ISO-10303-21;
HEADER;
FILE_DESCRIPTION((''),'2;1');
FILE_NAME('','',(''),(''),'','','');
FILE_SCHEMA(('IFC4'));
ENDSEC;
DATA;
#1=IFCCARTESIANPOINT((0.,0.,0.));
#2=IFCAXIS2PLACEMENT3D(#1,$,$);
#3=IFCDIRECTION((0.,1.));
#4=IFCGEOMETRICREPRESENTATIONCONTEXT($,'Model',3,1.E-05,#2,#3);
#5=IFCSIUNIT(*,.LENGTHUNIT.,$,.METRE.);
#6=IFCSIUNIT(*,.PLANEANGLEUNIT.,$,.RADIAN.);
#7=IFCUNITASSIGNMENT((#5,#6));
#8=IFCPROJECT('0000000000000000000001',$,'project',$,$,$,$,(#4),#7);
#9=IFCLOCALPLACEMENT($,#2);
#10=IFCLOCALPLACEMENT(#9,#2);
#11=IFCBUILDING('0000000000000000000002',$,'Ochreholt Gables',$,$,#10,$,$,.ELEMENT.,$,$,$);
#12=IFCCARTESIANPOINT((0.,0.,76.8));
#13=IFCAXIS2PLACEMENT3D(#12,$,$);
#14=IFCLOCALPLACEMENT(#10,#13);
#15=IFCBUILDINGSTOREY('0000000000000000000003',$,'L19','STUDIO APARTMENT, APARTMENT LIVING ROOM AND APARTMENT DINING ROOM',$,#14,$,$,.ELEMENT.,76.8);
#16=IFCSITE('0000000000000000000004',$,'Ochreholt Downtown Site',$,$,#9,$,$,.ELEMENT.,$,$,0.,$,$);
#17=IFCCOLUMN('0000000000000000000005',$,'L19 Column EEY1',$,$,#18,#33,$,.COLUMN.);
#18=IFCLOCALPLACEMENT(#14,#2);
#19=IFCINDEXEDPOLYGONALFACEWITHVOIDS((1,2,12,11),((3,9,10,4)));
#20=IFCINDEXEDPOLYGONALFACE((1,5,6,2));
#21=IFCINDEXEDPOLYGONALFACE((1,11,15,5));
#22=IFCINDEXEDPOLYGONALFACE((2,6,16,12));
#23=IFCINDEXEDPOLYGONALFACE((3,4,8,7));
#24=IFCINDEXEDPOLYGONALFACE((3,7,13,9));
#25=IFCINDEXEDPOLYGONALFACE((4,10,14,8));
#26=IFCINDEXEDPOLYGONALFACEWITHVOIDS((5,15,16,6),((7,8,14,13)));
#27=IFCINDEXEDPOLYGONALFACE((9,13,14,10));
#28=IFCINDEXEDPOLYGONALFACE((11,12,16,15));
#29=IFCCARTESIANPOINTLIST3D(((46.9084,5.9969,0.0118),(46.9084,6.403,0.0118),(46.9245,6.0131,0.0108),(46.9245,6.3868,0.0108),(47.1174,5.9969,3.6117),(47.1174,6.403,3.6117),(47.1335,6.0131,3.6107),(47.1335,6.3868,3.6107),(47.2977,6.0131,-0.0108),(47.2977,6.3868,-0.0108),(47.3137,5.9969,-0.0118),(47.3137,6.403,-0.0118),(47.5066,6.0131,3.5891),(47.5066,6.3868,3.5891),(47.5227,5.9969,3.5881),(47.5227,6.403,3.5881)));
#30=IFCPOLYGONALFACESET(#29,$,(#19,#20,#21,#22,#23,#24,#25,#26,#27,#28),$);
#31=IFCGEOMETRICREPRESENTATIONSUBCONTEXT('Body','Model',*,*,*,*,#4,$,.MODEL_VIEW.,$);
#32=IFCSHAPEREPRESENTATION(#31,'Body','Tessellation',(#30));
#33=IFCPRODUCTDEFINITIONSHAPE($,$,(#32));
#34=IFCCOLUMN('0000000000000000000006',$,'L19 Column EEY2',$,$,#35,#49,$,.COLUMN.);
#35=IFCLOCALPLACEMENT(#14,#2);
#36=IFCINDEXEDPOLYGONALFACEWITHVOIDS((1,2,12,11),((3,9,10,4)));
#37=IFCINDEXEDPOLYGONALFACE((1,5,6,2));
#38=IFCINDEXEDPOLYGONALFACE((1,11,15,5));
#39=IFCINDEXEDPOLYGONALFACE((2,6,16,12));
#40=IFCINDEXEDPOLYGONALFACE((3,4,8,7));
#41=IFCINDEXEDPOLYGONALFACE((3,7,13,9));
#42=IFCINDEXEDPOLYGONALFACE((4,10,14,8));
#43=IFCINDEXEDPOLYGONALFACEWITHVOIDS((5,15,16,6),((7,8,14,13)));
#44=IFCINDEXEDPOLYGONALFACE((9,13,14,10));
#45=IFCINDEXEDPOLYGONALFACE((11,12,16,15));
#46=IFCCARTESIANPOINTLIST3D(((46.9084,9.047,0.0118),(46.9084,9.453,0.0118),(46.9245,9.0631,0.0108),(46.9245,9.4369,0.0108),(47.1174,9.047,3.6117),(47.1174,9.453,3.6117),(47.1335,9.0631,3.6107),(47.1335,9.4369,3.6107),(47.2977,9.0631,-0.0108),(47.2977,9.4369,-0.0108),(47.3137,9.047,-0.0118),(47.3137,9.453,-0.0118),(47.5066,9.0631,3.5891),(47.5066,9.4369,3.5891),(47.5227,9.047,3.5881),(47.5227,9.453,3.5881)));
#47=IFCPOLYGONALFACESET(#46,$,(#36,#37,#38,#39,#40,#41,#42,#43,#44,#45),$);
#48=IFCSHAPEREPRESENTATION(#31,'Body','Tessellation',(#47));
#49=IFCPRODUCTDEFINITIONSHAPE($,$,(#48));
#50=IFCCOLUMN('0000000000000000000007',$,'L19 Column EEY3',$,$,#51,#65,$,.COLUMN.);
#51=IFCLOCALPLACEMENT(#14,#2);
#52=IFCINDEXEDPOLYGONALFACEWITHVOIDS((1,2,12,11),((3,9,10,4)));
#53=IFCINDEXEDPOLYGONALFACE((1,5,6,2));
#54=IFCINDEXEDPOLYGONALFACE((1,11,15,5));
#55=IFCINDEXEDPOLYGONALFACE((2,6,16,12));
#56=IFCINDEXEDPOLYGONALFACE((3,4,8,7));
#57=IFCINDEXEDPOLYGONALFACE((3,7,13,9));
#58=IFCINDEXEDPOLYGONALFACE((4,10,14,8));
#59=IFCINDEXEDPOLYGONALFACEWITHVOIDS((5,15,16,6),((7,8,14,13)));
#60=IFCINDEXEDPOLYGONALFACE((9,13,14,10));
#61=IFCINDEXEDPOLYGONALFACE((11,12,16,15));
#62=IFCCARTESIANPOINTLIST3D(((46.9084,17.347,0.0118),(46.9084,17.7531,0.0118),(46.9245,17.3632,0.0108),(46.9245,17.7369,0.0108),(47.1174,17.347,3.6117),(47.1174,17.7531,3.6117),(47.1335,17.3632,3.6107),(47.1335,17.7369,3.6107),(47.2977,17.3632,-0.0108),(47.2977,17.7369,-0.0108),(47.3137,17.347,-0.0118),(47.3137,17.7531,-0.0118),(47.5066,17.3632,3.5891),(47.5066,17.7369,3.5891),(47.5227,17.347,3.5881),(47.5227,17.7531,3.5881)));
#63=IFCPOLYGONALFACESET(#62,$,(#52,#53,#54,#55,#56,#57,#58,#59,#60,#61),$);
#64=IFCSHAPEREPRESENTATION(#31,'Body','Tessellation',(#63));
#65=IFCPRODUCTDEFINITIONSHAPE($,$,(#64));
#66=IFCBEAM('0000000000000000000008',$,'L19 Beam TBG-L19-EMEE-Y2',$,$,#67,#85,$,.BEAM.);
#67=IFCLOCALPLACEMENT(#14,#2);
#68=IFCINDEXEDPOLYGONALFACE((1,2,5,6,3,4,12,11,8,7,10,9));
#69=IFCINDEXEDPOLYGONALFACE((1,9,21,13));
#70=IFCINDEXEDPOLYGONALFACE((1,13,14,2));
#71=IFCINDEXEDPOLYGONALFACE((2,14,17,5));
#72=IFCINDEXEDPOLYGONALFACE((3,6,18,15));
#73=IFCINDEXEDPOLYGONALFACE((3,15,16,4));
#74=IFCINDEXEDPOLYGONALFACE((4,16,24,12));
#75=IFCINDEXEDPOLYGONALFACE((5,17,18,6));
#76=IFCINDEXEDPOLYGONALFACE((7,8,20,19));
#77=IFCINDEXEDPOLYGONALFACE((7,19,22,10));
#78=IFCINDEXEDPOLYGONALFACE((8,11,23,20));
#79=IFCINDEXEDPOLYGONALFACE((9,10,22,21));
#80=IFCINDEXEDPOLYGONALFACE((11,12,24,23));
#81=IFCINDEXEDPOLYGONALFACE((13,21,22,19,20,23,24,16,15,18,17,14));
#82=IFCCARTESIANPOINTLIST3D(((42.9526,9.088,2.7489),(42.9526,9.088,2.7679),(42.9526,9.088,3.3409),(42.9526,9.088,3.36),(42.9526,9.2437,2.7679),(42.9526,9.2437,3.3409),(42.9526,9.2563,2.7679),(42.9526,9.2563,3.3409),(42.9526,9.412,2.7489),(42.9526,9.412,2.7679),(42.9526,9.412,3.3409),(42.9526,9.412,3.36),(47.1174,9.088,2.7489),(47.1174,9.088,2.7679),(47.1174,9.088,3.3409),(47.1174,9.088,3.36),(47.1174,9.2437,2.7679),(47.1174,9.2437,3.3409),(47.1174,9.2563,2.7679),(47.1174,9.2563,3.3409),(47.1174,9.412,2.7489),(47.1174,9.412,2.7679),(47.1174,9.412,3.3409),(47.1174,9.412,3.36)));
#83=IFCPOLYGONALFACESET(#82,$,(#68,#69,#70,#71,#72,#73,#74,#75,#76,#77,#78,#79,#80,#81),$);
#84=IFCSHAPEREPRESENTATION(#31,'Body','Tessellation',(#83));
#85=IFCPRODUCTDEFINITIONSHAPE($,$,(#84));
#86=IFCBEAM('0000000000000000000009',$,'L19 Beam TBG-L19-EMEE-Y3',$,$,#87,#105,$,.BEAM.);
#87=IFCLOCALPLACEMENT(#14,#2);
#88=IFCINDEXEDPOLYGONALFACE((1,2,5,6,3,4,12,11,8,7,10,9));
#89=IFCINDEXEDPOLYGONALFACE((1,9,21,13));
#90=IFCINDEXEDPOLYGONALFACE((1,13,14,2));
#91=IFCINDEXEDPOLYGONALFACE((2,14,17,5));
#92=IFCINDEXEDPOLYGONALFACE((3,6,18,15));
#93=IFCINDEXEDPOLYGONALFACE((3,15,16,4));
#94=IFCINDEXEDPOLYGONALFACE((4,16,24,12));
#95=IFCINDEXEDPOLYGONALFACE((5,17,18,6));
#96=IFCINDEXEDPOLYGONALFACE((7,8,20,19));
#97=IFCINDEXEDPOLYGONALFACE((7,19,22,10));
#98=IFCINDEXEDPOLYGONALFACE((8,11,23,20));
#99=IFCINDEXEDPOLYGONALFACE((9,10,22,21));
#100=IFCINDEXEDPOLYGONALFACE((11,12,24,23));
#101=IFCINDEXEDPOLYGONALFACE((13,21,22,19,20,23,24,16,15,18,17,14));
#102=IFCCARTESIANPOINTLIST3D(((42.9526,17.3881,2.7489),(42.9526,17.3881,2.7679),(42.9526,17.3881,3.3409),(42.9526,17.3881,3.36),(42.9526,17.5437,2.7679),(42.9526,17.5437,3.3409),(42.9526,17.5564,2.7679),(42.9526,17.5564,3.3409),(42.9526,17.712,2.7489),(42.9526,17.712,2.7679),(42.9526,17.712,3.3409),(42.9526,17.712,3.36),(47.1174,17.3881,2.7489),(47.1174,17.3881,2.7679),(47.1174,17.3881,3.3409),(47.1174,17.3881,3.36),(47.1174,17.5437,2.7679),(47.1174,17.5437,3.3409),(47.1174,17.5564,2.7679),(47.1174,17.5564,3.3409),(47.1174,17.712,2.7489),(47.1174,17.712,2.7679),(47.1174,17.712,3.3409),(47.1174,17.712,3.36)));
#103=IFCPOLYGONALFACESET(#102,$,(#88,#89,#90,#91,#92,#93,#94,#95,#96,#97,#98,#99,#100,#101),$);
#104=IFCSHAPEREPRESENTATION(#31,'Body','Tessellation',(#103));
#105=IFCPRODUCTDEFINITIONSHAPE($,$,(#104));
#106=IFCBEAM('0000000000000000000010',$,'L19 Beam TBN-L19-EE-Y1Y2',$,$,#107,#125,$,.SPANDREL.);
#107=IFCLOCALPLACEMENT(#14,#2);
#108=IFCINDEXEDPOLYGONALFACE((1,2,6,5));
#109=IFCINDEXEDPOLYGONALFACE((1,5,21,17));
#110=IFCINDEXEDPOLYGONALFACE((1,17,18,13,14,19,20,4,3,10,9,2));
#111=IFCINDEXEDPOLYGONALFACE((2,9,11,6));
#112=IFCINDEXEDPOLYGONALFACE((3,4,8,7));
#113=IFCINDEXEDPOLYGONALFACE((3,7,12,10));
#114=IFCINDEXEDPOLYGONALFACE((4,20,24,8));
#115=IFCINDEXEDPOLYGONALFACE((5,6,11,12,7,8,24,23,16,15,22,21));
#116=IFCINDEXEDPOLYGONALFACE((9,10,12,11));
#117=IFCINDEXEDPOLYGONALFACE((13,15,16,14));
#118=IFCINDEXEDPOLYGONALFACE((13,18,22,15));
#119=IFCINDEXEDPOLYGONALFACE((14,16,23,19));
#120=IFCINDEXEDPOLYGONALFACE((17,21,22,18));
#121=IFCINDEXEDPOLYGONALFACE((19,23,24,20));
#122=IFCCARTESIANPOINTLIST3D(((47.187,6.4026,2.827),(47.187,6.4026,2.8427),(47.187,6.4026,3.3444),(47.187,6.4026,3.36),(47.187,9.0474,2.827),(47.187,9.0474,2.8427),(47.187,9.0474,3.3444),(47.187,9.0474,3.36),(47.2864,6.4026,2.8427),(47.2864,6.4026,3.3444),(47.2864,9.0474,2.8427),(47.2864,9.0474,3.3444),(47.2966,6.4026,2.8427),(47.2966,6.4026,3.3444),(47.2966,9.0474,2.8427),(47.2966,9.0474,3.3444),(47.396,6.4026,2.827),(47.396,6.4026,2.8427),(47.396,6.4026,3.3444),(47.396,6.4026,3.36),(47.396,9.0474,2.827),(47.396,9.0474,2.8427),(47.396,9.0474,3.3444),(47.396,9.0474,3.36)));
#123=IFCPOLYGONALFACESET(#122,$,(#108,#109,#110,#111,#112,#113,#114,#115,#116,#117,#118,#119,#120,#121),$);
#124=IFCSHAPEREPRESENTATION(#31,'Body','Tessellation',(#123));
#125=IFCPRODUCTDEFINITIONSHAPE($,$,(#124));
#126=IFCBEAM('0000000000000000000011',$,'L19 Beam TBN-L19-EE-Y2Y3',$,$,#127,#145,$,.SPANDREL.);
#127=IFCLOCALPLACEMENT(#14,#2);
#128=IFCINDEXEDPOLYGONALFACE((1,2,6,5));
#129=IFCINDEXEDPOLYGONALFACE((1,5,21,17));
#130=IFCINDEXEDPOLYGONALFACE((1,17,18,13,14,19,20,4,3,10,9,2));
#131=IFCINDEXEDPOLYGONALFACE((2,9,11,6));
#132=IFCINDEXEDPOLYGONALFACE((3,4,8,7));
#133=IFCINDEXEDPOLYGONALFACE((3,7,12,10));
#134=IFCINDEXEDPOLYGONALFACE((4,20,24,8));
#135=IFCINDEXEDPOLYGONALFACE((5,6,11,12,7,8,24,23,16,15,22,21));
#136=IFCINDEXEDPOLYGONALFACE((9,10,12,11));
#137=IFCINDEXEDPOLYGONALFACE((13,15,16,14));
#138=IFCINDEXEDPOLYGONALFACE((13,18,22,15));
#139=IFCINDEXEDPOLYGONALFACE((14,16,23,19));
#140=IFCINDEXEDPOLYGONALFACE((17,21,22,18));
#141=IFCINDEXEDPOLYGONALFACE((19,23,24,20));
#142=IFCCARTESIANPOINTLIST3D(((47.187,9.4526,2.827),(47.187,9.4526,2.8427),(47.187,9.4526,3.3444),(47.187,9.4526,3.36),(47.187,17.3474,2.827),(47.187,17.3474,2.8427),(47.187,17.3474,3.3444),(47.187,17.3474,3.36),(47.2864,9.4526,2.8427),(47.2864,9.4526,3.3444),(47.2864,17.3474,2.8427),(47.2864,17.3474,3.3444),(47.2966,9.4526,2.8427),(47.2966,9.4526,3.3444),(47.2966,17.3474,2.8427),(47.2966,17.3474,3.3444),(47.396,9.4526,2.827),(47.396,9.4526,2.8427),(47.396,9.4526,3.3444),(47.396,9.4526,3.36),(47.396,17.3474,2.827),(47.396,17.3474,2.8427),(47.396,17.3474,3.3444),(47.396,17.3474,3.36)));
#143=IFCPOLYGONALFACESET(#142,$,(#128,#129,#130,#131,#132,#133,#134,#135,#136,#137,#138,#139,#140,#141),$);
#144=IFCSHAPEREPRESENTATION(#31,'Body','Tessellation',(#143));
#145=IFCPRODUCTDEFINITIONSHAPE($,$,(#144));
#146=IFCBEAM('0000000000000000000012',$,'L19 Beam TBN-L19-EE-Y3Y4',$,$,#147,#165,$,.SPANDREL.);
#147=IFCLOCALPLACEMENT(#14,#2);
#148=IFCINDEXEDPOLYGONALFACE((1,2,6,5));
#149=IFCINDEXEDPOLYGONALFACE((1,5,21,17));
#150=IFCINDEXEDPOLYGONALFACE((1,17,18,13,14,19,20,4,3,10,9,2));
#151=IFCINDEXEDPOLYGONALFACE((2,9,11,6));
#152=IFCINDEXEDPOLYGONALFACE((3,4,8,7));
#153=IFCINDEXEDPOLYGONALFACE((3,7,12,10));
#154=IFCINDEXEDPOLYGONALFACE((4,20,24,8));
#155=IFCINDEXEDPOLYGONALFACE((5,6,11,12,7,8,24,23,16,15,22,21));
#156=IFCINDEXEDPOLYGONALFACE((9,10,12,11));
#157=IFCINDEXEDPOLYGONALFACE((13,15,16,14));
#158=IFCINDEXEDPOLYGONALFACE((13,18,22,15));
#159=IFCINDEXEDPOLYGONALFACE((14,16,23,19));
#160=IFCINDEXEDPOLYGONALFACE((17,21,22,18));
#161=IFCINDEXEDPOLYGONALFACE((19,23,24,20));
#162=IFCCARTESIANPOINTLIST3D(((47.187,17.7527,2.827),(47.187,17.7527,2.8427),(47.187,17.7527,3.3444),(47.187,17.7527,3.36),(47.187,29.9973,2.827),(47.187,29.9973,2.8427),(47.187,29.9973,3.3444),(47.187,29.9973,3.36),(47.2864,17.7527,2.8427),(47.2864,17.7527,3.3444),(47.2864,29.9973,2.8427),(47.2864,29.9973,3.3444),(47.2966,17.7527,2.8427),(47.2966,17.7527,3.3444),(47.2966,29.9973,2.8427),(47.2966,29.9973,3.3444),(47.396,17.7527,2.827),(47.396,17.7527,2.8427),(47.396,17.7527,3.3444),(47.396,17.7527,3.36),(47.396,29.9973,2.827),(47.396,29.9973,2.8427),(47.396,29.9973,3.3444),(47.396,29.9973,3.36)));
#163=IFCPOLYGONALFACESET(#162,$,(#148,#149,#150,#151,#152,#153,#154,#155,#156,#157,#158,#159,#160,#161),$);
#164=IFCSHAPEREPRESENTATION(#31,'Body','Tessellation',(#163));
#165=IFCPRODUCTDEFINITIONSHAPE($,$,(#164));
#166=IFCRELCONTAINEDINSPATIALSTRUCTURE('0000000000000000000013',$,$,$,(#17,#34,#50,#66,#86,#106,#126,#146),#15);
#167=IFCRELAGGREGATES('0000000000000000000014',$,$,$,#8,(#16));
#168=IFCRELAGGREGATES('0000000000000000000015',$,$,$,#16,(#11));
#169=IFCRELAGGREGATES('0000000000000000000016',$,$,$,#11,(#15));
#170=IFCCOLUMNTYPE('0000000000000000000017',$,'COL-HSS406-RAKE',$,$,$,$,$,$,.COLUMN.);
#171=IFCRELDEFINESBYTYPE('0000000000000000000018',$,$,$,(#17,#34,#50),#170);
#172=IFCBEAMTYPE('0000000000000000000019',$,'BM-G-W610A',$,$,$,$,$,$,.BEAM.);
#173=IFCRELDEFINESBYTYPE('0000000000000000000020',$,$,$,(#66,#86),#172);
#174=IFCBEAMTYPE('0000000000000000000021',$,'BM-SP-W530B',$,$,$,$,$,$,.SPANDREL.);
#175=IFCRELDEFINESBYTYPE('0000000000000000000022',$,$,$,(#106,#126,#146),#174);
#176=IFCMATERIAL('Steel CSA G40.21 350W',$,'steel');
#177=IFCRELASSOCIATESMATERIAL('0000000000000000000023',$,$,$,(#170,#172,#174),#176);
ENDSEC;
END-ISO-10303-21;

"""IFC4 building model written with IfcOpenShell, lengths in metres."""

from ifc_helpers import new_model, si_unit, direction, frame, origin, origin_2d, place, context, subcontext, project, spatial, hollow_rectangle, i_section, extrude, material, material_profile, profile_set, type_object, element, save


model = new_model("IFC4")

# Units and contexts
model_context = context("Model", 3, precision=1e-05, world=origin(), true_north=direction((0.0, 1.0)))
body_context = subcontext(model_context, "Body", "Model", "MODEL_VIEW")
ifc_project = project(units=[si_unit("LENGTHUNIT", "METRE"), si_unit("PLANEANGLEUNIT", "RADIAN")], contexts=[model_context])

# Site, building, storey
site_placement = place(None, origin())
site = spatial("IfcSite", under=ifc_project, at=site_placement, Name="Ochreholt Downtown Site", CompositionType="ELEMENT", RefElevation=0.0)
building_placement = place(site_placement, origin())
building = spatial("IfcBuilding", under=site, at=building_placement, Name="Ochreholt Gables", CompositionType="ELEMENT")
storey_placement = place(building_placement, frame((0.0, 0.0, 76.8)))
storey = spatial("IfcBuildingStorey", under=building, at=storey_placement, Name="L19", Description="STUDIO APARTMENT, APARTMENT LIVING ROOM AND APARTMENT DINING ROOM", CompositionType="ELEMENT", Elevation=76.8)

# Columns
ifc_material_1 = material(Name="Steel CSA G40.21 350W", Category="steel")
ifc_material_profile_1 = material_profile(ifc_material_1, hollow_rectangle(XDim=0.406, YDim=0.406, WallThickness=0.0161, at=origin_2d()), Name="HSS406X406X16")
ifc_profile_set_1 = profile_set([ifc_material_profile_1], Name="Steel CSA G40.21 350W")
column_type = type_object("IfcColumnType", Name="COL-HSS406-RAKE", PredefinedType="COLUMN", material=ifc_profile_set_1)
for number, where, z_axis, x_axis, name in (
    (1, (47.1111, 6.2, 0.0), (0.057956, 0.0, 0.998319), (0.0, 1.0, 0.0), "L19 Column EEY1"),
    (2, (47.1111, 9.25, 0.0), (0.057956, 0.0, 0.998319), (0.0, 1.0, 0.0), "L19 Column EEY2"),
    (3, (47.1111, 17.55, 0.0), (0.057956, 0.0, 0.998319), (0.0, 1.0, 0.0), "L19 Column EEY3"),
):
    element("IfcColumn", number, at=place(storey_placement, frame(where, z_axis=z_axis, x_axis=x_axis)), inside=storey, type_object=column_type, Name=name, PredefinedType="COLUMN", context=body_context, shape_type="SweptSolid", body=[
        extrude(hollow_rectangle(XDim=0.406, YDim=0.406, WallThickness=0.0161, at=origin_2d()), origin(), (0.0, 0.0, 1.0), 3.606),
    ])

# Beams
ifc_material_profile_2 = material_profile(ifc_material_1, i_section(OverallWidth=0.324, OverallDepth=0.6111, WebThickness=0.0127, FlangeThickness=0.019, at=origin_2d()), Name="W610X155")
ifc_profile_set_2 = profile_set([ifc_material_profile_2], Name="Steel CSA G40.21 350W")
beam_type_1 = type_object("IfcBeamType", Name="BM-G-W610A", PredefinedType="BEAM", material=ifc_profile_set_2)
for number, where, z_axis, x_axis, name in (
    (4, (42.9526, 9.25, 3.0544), (1.0, 0.0, 0.0), (0.0, 1.0, 0.0), "L19 Beam TBG-L19-EMEE-Y2"),
    (5, (42.9526, 17.55, 3.0544), (1.0, 0.0, 0.0), (0.0, 1.0, 0.0), "L19 Beam TBG-L19-EMEE-Y3"),
):
    element("IfcBeam", number, at=place(storey_placement, frame(where, z_axis=z_axis, x_axis=x_axis)), inside=storey, type_object=beam_type_1, Name=name, PredefinedType="BEAM", context=body_context, shape_type="SweptSolid", body=[
        extrude(i_section(OverallWidth=0.324, OverallDepth=0.6111, WebThickness=0.0127, FlangeThickness=0.019, at=origin_2d()), origin(), (0.0, 0.0, 1.0), 4.1648),
    ])
ifc_material_profile_3 = material_profile(ifc_material_1, i_section(OverallWidth=0.209, OverallDepth=0.533, WebThickness=0.0103, FlangeThickness=0.0156, at=origin_2d()), Name="W530X92")
ifc_profile_set_3 = profile_set([ifc_material_profile_3], Name="Steel CSA G40.21 350W")
beam_type_2 = type_object("IfcBeamType", Name="BM-SP-W530B", PredefinedType="SPANDREL", material=ifc_profile_set_3)
beam_1_placement = place(storey_placement, frame((47.2915, 6.4026, 3.0935), z_axis=(0.0, 1.0, 0.0), x_axis=(-1.0, 0.0, 0.0)))
element("IfcBeam", 6, at=beam_1_placement, inside=storey, type_object=beam_type_2, Name="L19 Beam TBN-L19-EE-Y1Y2", PredefinedType="SPANDREL", context=body_context, shape_type="SweptSolid", body=[
    extrude(i_section(OverallWidth=0.209, OverallDepth=0.533, WebThickness=0.0103, FlangeThickness=0.0156, at=origin_2d()), origin(), (0.0, 0.0, 1.0), 2.6448),
])
beam_2_placement = place(storey_placement, frame((47.2915, 9.4526, 3.0935), z_axis=(0.0, 1.0, 0.0), x_axis=(-1.0, 0.0, 0.0)))
element("IfcBeam", 7, at=beam_2_placement, inside=storey, type_object=beam_type_2, Name="L19 Beam TBN-L19-EE-Y2Y3", PredefinedType="SPANDREL", context=body_context, shape_type="SweptSolid", body=[
    extrude(i_section(OverallWidth=0.209, OverallDepth=0.533, WebThickness=0.0103, FlangeThickness=0.0156, at=origin_2d()), origin(), (0.0, 0.0, 1.0), 7.8948),
])
beam_3_placement = place(storey_placement, frame((47.2915, 17.7527, 3.0935), z_axis=(0.0, 1.0, 0.0), x_axis=(-1.0, 0.0, 0.0)))
element("IfcBeam", 8, at=beam_3_placement, inside=storey, type_object=beam_type_2, Name="L19 Beam TBN-L19-EE-Y3Y4", PredefinedType="SPANDREL", context=body_context, shape_type="SweptSolid", body=[
    extrude(i_section(OverallWidth=0.209, OverallDepth=0.533, WebThickness=0.0103, FlangeThickness=0.0156, at=origin_2d()), origin(), (0.0, 0.0, 1.0), 12.2446),
])

save(model, "model.ifc")
